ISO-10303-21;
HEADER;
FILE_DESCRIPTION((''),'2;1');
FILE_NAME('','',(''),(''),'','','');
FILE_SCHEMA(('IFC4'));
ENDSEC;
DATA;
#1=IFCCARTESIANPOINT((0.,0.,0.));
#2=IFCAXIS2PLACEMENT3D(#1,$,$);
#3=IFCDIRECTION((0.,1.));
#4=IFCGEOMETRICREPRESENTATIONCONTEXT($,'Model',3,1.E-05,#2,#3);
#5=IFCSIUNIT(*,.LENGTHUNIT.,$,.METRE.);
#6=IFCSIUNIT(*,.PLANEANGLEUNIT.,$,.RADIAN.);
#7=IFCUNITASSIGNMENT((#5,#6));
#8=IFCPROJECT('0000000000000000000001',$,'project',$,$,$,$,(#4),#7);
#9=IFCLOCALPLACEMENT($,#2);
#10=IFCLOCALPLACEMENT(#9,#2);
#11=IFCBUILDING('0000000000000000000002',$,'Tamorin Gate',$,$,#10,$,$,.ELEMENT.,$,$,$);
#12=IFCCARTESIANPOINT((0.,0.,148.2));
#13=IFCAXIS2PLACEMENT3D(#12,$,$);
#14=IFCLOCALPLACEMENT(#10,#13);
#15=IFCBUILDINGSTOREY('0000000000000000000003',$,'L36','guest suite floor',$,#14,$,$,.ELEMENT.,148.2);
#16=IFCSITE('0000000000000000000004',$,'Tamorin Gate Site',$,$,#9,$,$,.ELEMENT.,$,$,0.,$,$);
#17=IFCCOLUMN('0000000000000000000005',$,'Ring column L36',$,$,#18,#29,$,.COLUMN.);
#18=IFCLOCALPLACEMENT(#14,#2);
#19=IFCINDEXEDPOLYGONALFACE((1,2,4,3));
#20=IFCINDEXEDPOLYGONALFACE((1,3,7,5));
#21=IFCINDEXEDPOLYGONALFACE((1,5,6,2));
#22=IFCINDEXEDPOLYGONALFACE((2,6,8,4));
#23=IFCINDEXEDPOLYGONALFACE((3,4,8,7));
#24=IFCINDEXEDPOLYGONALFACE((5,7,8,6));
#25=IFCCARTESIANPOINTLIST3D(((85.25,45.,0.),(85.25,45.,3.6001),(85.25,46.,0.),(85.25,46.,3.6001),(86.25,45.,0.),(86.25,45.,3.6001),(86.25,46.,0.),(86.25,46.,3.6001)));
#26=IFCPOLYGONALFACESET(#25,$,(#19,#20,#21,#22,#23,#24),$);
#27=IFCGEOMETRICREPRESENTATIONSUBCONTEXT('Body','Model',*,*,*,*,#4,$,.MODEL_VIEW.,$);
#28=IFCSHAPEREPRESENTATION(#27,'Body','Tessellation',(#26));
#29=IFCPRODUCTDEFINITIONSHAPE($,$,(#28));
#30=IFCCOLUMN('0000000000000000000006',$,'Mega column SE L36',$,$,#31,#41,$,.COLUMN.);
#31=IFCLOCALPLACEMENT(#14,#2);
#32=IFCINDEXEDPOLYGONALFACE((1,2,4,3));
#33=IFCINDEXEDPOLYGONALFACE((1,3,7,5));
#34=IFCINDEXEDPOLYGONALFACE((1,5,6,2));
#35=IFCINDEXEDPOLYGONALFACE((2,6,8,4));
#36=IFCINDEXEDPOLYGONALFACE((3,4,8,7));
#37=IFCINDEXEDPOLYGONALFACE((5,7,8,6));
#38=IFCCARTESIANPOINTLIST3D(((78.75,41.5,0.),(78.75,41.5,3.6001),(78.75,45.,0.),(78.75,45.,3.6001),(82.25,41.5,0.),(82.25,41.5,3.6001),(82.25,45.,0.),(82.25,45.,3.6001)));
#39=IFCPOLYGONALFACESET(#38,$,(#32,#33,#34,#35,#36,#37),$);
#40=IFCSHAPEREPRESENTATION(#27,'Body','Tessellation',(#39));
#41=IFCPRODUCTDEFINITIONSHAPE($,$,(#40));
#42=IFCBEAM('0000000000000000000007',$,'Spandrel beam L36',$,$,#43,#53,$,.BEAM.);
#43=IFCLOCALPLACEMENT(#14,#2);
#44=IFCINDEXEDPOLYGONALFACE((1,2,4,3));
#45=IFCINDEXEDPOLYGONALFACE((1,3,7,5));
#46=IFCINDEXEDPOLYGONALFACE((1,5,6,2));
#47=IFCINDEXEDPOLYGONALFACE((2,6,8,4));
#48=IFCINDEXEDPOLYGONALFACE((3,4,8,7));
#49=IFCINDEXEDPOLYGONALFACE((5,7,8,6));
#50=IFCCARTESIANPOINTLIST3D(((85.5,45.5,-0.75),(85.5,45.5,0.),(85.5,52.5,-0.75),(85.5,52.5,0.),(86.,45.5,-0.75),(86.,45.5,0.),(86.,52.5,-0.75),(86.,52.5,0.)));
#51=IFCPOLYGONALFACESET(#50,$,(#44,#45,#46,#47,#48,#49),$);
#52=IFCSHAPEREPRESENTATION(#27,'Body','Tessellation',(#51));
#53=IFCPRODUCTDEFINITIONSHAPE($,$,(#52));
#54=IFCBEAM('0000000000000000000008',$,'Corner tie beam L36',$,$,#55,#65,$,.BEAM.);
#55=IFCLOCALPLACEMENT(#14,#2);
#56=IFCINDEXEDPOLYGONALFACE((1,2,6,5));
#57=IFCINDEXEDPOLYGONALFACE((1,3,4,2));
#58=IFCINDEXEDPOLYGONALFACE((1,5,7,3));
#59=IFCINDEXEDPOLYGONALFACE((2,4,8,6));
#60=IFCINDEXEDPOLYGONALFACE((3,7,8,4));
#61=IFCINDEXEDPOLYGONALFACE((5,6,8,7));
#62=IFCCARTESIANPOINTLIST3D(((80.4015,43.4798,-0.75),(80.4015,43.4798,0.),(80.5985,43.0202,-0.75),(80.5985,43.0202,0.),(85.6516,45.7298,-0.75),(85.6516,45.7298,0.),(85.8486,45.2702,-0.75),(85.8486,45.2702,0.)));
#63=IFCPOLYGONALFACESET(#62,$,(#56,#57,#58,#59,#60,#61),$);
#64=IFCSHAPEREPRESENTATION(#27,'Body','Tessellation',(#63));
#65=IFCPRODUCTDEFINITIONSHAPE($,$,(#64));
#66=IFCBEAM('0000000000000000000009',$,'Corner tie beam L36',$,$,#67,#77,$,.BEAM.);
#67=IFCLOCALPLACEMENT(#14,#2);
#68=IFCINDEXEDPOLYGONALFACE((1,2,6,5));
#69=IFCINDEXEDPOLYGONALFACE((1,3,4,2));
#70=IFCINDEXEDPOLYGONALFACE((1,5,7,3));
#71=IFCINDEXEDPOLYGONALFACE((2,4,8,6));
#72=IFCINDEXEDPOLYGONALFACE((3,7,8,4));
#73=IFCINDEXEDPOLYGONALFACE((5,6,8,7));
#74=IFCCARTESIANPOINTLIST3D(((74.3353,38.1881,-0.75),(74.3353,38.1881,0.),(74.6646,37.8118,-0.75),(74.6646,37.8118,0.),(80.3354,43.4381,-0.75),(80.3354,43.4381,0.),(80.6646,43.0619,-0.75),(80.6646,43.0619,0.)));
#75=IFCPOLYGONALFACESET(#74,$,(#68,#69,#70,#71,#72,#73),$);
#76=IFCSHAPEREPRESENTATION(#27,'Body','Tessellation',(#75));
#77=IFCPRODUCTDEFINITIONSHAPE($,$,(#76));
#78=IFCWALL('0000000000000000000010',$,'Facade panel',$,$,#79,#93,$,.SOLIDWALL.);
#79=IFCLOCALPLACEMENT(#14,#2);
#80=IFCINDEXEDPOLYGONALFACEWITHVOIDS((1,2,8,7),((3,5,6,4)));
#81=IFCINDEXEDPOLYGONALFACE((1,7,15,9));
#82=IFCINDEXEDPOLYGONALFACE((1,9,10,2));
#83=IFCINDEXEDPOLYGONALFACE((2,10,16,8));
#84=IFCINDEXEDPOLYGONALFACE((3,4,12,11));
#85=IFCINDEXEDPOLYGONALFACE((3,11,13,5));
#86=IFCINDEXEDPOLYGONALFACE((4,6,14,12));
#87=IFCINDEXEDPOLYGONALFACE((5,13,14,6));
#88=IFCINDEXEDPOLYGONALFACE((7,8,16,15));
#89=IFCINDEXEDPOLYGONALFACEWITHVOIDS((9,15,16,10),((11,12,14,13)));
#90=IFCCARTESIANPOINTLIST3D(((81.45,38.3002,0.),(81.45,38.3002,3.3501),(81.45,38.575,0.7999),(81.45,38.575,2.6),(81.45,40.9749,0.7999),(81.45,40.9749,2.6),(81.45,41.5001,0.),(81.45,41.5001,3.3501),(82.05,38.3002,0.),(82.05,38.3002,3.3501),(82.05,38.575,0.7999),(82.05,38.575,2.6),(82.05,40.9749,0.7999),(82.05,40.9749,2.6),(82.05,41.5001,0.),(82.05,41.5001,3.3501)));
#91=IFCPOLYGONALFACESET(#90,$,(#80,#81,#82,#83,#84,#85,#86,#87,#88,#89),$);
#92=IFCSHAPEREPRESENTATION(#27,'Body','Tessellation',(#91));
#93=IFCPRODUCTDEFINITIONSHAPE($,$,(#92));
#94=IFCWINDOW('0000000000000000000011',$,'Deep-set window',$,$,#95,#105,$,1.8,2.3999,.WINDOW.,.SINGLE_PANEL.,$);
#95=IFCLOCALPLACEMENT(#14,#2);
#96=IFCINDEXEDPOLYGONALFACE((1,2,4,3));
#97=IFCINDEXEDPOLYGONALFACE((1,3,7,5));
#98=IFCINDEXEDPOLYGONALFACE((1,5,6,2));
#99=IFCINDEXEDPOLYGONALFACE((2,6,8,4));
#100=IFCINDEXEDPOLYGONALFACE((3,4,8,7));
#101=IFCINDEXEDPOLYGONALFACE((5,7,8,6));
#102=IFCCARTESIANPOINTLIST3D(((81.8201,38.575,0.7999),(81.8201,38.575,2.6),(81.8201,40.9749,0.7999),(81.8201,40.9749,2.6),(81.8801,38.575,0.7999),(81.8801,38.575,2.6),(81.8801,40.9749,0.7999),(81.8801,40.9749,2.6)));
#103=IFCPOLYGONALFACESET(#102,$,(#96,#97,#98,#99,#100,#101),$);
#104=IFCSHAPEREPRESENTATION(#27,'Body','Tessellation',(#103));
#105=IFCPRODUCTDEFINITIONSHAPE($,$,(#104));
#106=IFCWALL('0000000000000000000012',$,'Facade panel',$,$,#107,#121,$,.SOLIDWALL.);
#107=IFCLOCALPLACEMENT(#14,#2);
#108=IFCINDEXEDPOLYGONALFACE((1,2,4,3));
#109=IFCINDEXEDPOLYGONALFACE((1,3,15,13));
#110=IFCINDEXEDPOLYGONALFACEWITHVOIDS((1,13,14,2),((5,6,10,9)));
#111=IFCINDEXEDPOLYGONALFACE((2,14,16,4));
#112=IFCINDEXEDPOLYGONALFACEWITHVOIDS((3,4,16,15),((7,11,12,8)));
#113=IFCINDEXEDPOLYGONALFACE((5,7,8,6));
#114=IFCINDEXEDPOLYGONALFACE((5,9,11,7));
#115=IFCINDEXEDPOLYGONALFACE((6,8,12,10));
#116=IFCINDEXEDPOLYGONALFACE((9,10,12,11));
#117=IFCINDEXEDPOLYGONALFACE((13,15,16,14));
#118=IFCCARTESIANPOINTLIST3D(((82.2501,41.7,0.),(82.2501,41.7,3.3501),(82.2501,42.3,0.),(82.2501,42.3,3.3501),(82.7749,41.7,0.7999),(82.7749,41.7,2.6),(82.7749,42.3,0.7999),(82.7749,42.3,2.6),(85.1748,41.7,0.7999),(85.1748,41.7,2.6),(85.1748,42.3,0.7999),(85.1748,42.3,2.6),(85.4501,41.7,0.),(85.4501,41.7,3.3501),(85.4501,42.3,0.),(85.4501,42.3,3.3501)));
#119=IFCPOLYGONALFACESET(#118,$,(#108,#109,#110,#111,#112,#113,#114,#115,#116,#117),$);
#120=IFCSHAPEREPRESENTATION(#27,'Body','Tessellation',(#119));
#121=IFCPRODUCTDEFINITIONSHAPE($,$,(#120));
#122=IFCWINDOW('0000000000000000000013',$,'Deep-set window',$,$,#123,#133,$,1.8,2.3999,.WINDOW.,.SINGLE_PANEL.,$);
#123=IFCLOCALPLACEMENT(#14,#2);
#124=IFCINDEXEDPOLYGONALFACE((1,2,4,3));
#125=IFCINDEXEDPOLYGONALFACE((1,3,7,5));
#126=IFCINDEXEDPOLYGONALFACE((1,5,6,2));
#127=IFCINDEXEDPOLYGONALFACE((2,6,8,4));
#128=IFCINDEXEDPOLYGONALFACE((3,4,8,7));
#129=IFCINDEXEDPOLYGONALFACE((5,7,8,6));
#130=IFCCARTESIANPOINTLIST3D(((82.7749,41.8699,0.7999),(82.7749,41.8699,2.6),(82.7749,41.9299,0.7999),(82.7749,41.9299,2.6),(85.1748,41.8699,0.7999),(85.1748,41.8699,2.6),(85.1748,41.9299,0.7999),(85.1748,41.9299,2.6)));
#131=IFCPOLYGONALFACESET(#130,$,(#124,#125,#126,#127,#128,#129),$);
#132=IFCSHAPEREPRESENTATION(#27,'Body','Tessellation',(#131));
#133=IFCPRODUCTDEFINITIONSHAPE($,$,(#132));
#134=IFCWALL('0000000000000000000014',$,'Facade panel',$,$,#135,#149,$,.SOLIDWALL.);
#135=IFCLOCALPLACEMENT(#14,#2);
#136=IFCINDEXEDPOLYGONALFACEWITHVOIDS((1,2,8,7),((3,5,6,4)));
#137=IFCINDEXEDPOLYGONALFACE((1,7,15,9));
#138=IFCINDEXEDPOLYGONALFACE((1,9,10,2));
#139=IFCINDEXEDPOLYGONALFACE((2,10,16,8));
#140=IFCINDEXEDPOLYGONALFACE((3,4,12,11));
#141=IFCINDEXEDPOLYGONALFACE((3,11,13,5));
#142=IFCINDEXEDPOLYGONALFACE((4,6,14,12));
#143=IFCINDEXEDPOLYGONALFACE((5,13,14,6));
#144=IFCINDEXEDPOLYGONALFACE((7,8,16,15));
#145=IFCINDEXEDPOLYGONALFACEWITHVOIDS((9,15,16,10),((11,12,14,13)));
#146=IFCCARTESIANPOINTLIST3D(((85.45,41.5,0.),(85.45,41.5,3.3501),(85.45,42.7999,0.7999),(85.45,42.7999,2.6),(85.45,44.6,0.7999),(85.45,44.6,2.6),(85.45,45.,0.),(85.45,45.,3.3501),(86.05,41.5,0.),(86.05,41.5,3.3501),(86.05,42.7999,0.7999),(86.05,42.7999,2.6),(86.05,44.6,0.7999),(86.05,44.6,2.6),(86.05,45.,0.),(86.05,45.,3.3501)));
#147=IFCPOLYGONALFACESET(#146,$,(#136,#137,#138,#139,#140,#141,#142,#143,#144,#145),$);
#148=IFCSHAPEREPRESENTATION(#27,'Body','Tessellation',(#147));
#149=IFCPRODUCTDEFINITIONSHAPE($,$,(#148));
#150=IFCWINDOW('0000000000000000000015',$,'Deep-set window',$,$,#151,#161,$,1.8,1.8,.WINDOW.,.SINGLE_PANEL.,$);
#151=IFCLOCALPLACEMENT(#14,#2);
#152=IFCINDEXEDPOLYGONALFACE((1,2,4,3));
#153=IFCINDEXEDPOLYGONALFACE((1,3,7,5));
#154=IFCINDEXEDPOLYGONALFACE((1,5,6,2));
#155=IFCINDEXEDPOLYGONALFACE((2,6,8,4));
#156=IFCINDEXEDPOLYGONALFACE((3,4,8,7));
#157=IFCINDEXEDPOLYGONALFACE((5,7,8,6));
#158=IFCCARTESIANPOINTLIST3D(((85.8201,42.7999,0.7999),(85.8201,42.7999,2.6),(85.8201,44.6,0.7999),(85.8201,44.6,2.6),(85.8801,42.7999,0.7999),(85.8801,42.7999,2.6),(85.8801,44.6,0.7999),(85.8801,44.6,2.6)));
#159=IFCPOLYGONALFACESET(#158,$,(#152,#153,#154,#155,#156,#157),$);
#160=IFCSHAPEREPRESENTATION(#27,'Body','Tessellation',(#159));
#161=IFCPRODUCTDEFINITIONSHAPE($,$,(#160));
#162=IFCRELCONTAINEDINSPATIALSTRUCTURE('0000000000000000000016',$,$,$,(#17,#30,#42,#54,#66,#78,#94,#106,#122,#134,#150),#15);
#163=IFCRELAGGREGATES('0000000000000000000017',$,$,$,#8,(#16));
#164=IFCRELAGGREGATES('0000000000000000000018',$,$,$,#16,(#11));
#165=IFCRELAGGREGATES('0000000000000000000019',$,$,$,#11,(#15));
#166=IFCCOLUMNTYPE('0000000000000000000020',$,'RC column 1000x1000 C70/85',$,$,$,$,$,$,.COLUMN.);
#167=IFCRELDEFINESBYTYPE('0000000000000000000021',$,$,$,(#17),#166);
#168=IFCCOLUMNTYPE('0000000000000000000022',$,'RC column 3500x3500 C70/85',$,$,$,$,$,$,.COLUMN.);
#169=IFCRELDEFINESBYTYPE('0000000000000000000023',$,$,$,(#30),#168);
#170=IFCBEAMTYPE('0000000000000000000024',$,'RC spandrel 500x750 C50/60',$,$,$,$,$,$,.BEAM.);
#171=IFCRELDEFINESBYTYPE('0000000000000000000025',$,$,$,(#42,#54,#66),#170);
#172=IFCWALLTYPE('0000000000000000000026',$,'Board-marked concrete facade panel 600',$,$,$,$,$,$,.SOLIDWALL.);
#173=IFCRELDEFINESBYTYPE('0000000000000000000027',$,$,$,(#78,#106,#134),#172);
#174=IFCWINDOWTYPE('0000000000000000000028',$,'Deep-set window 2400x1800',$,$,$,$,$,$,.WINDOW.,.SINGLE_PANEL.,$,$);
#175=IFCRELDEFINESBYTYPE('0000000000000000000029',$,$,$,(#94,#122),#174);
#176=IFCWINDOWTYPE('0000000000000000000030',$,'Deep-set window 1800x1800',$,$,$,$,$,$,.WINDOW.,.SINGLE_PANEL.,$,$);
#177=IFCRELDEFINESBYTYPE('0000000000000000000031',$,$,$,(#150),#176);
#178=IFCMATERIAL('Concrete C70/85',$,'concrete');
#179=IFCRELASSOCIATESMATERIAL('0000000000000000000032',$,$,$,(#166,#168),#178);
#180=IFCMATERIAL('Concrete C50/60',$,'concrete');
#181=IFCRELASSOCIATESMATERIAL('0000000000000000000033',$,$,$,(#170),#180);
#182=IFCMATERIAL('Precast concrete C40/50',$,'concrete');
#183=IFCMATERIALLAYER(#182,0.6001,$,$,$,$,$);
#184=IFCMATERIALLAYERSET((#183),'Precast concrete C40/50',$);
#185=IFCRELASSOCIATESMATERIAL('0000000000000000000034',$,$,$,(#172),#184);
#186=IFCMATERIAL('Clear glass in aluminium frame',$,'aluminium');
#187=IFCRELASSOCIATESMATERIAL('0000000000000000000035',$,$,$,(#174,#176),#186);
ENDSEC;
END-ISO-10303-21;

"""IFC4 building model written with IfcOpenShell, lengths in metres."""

from ifc_helpers import new_model, si_unit, direction, frame, frame_2d, origin, origin_2d, place, context, subcontext, project, spatial, rectangle, extrude, material, layer, layer_set, material_profile, profile_set, type_object, element, fill, save


model = new_model("IFC4")

# Units and contexts
model_context = context("Model", 3, precision=1e-05, world=origin(), true_north=direction((0.0, 1.0)))
body_context = subcontext(model_context, "Body", "Model", "MODEL_VIEW")
ifc_project = project(units=[si_unit("LENGTHUNIT", "METRE"), si_unit("PLANEANGLEUNIT", "RADIAN")], contexts=[model_context])

# Site, building, storey
site_placement = place(None, origin())
site = spatial("IfcSite", under=ifc_project, at=site_placement, Name="Tamorin Gate Site", CompositionType="ELEMENT", RefElevation=0.0)
building_placement = place(site_placement, origin())
building = spatial("IfcBuilding", under=site, at=building_placement, Name="Tamorin Gate", CompositionType="ELEMENT")
storey_placement = place(building_placement, frame((0.0, 0.0, 148.2)))
storey = spatial("IfcBuildingStorey", under=building, at=storey_placement, Name="L36", Description="guest suite floor", CompositionType="ELEMENT", Elevation=148.2)

# Columns
ifc_material_1 = material(Name="Concrete C70/85", Category="concrete")
ifc_material_profile_1 = material_profile(ifc_material_1, rectangle(XDim=1.0, YDim=1.0, at=origin_2d()), Name="RC 1000x1000")
ifc_profile_set_1 = profile_set([ifc_material_profile_1], Name="Concrete C70/85")
column_type_1 = type_object("IfcColumnType", Name="RC column 1000x1000 C70/85", PredefinedType="COLUMN", material=ifc_profile_set_1)
column_1_placement = place(storey_placement, frame((85.75, 45.5, 0.0), z_axis=(0.0, 0.0, 1.0), x_axis=(1.0, 0.0, 0.0)))
element("IfcColumn", 1, at=column_1_placement, inside=storey, type_object=column_type_1, Name="Ring column L36", PredefinedType="COLUMN", context=body_context, shape_type="SweptSolid", body=[
    extrude(rectangle(XDim=1.0, YDim=1.0, at=origin_2d()), origin(), (0.0, 0.0, 1.0), 3.6001),
])
ifc_material_profile_2 = material_profile(ifc_material_1, rectangle(XDim=3.5, YDim=3.5, at=origin_2d()), Name="RC 3500x3500")
ifc_profile_set_2 = profile_set([ifc_material_profile_2], Name="Concrete C70/85")
column_type_2 = type_object("IfcColumnType", Name="RC column 3500x3500 C70/85", PredefinedType="COLUMN", material=ifc_profile_set_2)
column_2_placement = place(storey_placement, frame((80.5, 43.25, 0.0), z_axis=(0.0, 0.0, 1.0), x_axis=(1.0, 0.0, 0.0)))
element("IfcColumn", 2, at=column_2_placement, inside=storey, type_object=column_type_2, Name="Mega column SE L36", PredefinedType="COLUMN", context=body_context, shape_type="SweptSolid", body=[
    extrude(rectangle(XDim=3.5, YDim=3.5, at=origin_2d()), origin(), (0.0, 0.0, 1.0), 3.6001),
])

# Beams
ifc_material_2 = material(Name="Concrete C50/60", Category="concrete")
ifc_material_profile_3 = material_profile(ifc_material_2, rectangle(XDim=0.5, YDim=0.75, at=origin_2d()), Name="RC 500x750")
ifc_profile_set_3 = profile_set([ifc_material_profile_3], Name="Concrete C50/60")
beam_type = type_object("IfcBeamType", Name="RC spandrel 500x750 C50/60", PredefinedType="BEAM", material=ifc_profile_set_3)
beam_1_placement = place(storey_placement, frame((85.75, 45.5, -0.375), z_axis=(0.0, 1.0, 0.0), x_axis=(-1.0, 0.0, 0.0)))
element("IfcBeam", 3, at=beam_1_placement, inside=storey, type_object=beam_type, Name="Spandrel beam L36", PredefinedType="BEAM", context=body_context, shape_type="SweptSolid", body=[
    extrude(rectangle(XDim=0.5, YDim=0.75, at=origin_2d()), origin(), (0.0, 0.0, 1.0), 7.0),
])
beam_2_placement = place(storey_placement, frame((80.5, 43.25, -0.375), z_axis=(0.919145, 0.393919, 0.0), x_axis=(-0.393919, 0.919145, 0.0)))
element("IfcBeam", 4, at=beam_2_placement, inside=storey, type_object=beam_type, Name="Corner tie beam L36", PredefinedType="BEAM", context=body_context, shape_type="SweptSolid", body=[
    extrude(rectangle(XDim=0.5, YDim=0.75, at=origin_2d()), origin(), (0.0, 0.0, 1.0), 5.7119),
])
beam_3_placement = place(storey_placement, frame((80.5, 43.25, -0.375), z_axis=(-0.752577, -0.658505, 0.0), x_axis=(0.658505, -0.752577, 0.0)))
element("IfcBeam", 5, at=beam_3_placement, inside=storey, type_object=beam_type, Name="Corner tie beam L36", PredefinedType="BEAM", context=body_context, shape_type="SweptSolid", body=[
    extrude(rectangle(XDim=0.5, YDim=0.75, at=origin_2d()), origin(), (0.0, 0.0, 1.0), 7.9727),
])

# Walls, openings, windows
ifc_material_3 = material(Name="Precast concrete C40/50", Category="concrete")
ifc_layer_1 = layer(ifc_material_3, 0.6001)
ifc_layer_set_1 = layer_set([ifc_layer_1], Name="Precast concrete C40/50")
wall_type_1 = type_object("IfcWallType", Name="Board-marked concrete facade panel 600", PredefinedType="SOLIDWALL", material=ifc_layer_set_1)
wall_1_placement = place(storey_placement, frame((81.75, 38.3, 0.0), z_axis=(0.0, 0.0, 1.0), x_axis=(0.0, 1.0, 0.0)))
wall_1 = element("IfcWall", 6, at=wall_1_placement, inside=storey, type_object=wall_type_1, Name="Facade panel", PredefinedType="SOLIDWALL", context=body_context, shape_type="SweptSolid", body=[
    extrude(rectangle(XDim=3.2, YDim=0.6001, at=frame_2d((1.6001, 0.0))), origin(), (0.0, 0.0, 1.0), 3.3501),
])
opening_1_placement = place(wall_1_placement, frame((0.2749, 0.0, 0.8)))
opening_1 = element("IfcOpeningElement", 7, at=opening_1_placement, cuts=wall_1, PredefinedType="OPENING", context=body_context, shape_type="SweptSolid", body=[
    extrude(rectangle(XDim=2.3999, YDim=1.8, at=frame_2d((1.2, 0.8999))), frame((0.0, 0.3101, 0.0), z_axis=(0.0, -1.0, 0.0), x_axis=(1.0, 0.0, 0.0)), (0.0, 0.0, 1.0), 0.6201),
])
ifc_material_4 = material(Name="Clear glass in aluminium frame", Category="aluminium")
window_type_1 = type_object("IfcWindowType", Name="Deep-set window 2400x1800", PartitioningType="SINGLE_PANEL", PredefinedType="WINDOW", material=ifc_material_4)
window_1_placement = place(opening_1_placement, origin())
window_1 = element("IfcWindow", 8, at=window_1_placement, inside=storey, type_object=window_type_1, Name="Deep-set window", OverallHeight=1.8, OverallWidth=2.3999, PartitioningType="SINGLE_PANEL", PredefinedType="WINDOW", context=body_context, shape_type="SweptSolid", body=[
    extrude(rectangle(XDim=2.3999, YDim=1.8, at=frame_2d((1.2, 0.8999))), frame((0.0, -0.0701, 0.0), z_axis=(0.0, -1.0, 0.0), x_axis=(1.0, 0.0, 0.0)), (0.0, 0.0, 1.0), 0.0601),
])
fill(opening_1, window_1)
wall_2_placement = place(storey_placement, frame((82.25, 42.0, 0.0), z_axis=(0.0, 0.0, 1.0), x_axis=(1.0, 0.0, 0.0)))
wall_2 = element("IfcWall", 9, at=wall_2_placement, inside=storey, type_object=wall_type_1, Name="Facade panel", PredefinedType="SOLIDWALL", context=body_context, shape_type="SweptSolid", body=[
    extrude(rectangle(XDim=3.2, YDim=0.6001, at=frame_2d((1.6001, 0.0))), origin(), (0.0, 0.0, 1.0), 3.3501),
])
opening_2_placement = place(wall_2_placement, frame((0.5249, 0.0, 0.8)))
opening_2 = element("IfcOpeningElement", 10, at=opening_2_placement, cuts=wall_2, PredefinedType="OPENING", context=body_context, shape_type="SweptSolid", body=[
    extrude(rectangle(XDim=2.3999, YDim=1.8, at=frame_2d((1.2, 0.8999))), frame((0.0, 0.3101, 0.0), z_axis=(0.0, -1.0, 0.0), x_axis=(1.0, 0.0, 0.0)), (0.0, 0.0, 1.0), 0.6201),
])
window_2_placement = place(opening_2_placement, origin())
window_2 = element("IfcWindow", 11, at=window_2_placement, inside=storey, type_object=window_type_1, Name="Deep-set window", OverallHeight=1.8, OverallWidth=2.3999, PartitioningType="SINGLE_PANEL", PredefinedType="WINDOW", context=body_context, shape_type="SweptSolid", body=[
    extrude(rectangle(XDim=2.3999, YDim=1.8, at=frame_2d((1.2, 0.8999))), frame((0.0, -0.0701, 0.0), z_axis=(0.0, -1.0, 0.0), x_axis=(1.0, 0.0, 0.0)), (0.0, 0.0, 1.0), 0.0601),
])
fill(opening_2, window_2)
wall_3_placement = place(storey_placement, frame((85.75, 41.5, 0.0), z_axis=(0.0, 0.0, 1.0), x_axis=(0.0, 1.0, 0.0)))
wall_3 = element("IfcWall", 12, at=wall_3_placement, inside=storey, type_object=wall_type_1, Name="Facade panel", PredefinedType="SOLIDWALL", context=body_context, shape_type="SweptSolid", body=[
    extrude(rectangle(XDim=3.5, YDim=0.6001, at=frame_2d((1.75, 0.0))), origin(), (0.0, 0.0, 1.0), 3.3501),
])
opening_3_placement = place(wall_3_placement, frame((1.3, 0.0, 0.8)))
opening_3 = element("IfcOpeningElement", 13, at=opening_3_placement, cuts=wall_3, PredefinedType="OPENING", context=body_context, shape_type="SweptSolid", body=[
    extrude(rectangle(XDim=1.8, YDim=1.8, at=frame_2d((0.8999, 0.8999))), frame((0.0, 0.3101, 0.0), z_axis=(0.0, -1.0, 0.0), x_axis=(1.0, 0.0, 0.0)), (0.0, 0.0, 1.0), 0.6201),
])
window_type_2 = type_object("IfcWindowType", Name="Deep-set window 1800x1800", PartitioningType="SINGLE_PANEL", PredefinedType="WINDOW", material=ifc_material_4)
window_3_placement = place(opening_3_placement, origin())
window_3 = element("IfcWindow", 14, at=window_3_placement, inside=storey, type_object=window_type_2, Name="Deep-set window", OverallHeight=1.8, OverallWidth=1.8, PartitioningType="SINGLE_PANEL", PredefinedType="WINDOW", context=body_context, shape_type="SweptSolid", body=[
    extrude(rectangle(XDim=1.8, YDim=1.8, at=frame_2d((0.8999, 0.8999))), frame((0.0, -0.0701, 0.0), z_axis=(0.0, -1.0, 0.0), x_axis=(1.0, 0.0, 0.0)), (0.0, 0.0, 1.0), 0.0601),
])
fill(opening_3, window_3)

save(model, "model.ifc")
